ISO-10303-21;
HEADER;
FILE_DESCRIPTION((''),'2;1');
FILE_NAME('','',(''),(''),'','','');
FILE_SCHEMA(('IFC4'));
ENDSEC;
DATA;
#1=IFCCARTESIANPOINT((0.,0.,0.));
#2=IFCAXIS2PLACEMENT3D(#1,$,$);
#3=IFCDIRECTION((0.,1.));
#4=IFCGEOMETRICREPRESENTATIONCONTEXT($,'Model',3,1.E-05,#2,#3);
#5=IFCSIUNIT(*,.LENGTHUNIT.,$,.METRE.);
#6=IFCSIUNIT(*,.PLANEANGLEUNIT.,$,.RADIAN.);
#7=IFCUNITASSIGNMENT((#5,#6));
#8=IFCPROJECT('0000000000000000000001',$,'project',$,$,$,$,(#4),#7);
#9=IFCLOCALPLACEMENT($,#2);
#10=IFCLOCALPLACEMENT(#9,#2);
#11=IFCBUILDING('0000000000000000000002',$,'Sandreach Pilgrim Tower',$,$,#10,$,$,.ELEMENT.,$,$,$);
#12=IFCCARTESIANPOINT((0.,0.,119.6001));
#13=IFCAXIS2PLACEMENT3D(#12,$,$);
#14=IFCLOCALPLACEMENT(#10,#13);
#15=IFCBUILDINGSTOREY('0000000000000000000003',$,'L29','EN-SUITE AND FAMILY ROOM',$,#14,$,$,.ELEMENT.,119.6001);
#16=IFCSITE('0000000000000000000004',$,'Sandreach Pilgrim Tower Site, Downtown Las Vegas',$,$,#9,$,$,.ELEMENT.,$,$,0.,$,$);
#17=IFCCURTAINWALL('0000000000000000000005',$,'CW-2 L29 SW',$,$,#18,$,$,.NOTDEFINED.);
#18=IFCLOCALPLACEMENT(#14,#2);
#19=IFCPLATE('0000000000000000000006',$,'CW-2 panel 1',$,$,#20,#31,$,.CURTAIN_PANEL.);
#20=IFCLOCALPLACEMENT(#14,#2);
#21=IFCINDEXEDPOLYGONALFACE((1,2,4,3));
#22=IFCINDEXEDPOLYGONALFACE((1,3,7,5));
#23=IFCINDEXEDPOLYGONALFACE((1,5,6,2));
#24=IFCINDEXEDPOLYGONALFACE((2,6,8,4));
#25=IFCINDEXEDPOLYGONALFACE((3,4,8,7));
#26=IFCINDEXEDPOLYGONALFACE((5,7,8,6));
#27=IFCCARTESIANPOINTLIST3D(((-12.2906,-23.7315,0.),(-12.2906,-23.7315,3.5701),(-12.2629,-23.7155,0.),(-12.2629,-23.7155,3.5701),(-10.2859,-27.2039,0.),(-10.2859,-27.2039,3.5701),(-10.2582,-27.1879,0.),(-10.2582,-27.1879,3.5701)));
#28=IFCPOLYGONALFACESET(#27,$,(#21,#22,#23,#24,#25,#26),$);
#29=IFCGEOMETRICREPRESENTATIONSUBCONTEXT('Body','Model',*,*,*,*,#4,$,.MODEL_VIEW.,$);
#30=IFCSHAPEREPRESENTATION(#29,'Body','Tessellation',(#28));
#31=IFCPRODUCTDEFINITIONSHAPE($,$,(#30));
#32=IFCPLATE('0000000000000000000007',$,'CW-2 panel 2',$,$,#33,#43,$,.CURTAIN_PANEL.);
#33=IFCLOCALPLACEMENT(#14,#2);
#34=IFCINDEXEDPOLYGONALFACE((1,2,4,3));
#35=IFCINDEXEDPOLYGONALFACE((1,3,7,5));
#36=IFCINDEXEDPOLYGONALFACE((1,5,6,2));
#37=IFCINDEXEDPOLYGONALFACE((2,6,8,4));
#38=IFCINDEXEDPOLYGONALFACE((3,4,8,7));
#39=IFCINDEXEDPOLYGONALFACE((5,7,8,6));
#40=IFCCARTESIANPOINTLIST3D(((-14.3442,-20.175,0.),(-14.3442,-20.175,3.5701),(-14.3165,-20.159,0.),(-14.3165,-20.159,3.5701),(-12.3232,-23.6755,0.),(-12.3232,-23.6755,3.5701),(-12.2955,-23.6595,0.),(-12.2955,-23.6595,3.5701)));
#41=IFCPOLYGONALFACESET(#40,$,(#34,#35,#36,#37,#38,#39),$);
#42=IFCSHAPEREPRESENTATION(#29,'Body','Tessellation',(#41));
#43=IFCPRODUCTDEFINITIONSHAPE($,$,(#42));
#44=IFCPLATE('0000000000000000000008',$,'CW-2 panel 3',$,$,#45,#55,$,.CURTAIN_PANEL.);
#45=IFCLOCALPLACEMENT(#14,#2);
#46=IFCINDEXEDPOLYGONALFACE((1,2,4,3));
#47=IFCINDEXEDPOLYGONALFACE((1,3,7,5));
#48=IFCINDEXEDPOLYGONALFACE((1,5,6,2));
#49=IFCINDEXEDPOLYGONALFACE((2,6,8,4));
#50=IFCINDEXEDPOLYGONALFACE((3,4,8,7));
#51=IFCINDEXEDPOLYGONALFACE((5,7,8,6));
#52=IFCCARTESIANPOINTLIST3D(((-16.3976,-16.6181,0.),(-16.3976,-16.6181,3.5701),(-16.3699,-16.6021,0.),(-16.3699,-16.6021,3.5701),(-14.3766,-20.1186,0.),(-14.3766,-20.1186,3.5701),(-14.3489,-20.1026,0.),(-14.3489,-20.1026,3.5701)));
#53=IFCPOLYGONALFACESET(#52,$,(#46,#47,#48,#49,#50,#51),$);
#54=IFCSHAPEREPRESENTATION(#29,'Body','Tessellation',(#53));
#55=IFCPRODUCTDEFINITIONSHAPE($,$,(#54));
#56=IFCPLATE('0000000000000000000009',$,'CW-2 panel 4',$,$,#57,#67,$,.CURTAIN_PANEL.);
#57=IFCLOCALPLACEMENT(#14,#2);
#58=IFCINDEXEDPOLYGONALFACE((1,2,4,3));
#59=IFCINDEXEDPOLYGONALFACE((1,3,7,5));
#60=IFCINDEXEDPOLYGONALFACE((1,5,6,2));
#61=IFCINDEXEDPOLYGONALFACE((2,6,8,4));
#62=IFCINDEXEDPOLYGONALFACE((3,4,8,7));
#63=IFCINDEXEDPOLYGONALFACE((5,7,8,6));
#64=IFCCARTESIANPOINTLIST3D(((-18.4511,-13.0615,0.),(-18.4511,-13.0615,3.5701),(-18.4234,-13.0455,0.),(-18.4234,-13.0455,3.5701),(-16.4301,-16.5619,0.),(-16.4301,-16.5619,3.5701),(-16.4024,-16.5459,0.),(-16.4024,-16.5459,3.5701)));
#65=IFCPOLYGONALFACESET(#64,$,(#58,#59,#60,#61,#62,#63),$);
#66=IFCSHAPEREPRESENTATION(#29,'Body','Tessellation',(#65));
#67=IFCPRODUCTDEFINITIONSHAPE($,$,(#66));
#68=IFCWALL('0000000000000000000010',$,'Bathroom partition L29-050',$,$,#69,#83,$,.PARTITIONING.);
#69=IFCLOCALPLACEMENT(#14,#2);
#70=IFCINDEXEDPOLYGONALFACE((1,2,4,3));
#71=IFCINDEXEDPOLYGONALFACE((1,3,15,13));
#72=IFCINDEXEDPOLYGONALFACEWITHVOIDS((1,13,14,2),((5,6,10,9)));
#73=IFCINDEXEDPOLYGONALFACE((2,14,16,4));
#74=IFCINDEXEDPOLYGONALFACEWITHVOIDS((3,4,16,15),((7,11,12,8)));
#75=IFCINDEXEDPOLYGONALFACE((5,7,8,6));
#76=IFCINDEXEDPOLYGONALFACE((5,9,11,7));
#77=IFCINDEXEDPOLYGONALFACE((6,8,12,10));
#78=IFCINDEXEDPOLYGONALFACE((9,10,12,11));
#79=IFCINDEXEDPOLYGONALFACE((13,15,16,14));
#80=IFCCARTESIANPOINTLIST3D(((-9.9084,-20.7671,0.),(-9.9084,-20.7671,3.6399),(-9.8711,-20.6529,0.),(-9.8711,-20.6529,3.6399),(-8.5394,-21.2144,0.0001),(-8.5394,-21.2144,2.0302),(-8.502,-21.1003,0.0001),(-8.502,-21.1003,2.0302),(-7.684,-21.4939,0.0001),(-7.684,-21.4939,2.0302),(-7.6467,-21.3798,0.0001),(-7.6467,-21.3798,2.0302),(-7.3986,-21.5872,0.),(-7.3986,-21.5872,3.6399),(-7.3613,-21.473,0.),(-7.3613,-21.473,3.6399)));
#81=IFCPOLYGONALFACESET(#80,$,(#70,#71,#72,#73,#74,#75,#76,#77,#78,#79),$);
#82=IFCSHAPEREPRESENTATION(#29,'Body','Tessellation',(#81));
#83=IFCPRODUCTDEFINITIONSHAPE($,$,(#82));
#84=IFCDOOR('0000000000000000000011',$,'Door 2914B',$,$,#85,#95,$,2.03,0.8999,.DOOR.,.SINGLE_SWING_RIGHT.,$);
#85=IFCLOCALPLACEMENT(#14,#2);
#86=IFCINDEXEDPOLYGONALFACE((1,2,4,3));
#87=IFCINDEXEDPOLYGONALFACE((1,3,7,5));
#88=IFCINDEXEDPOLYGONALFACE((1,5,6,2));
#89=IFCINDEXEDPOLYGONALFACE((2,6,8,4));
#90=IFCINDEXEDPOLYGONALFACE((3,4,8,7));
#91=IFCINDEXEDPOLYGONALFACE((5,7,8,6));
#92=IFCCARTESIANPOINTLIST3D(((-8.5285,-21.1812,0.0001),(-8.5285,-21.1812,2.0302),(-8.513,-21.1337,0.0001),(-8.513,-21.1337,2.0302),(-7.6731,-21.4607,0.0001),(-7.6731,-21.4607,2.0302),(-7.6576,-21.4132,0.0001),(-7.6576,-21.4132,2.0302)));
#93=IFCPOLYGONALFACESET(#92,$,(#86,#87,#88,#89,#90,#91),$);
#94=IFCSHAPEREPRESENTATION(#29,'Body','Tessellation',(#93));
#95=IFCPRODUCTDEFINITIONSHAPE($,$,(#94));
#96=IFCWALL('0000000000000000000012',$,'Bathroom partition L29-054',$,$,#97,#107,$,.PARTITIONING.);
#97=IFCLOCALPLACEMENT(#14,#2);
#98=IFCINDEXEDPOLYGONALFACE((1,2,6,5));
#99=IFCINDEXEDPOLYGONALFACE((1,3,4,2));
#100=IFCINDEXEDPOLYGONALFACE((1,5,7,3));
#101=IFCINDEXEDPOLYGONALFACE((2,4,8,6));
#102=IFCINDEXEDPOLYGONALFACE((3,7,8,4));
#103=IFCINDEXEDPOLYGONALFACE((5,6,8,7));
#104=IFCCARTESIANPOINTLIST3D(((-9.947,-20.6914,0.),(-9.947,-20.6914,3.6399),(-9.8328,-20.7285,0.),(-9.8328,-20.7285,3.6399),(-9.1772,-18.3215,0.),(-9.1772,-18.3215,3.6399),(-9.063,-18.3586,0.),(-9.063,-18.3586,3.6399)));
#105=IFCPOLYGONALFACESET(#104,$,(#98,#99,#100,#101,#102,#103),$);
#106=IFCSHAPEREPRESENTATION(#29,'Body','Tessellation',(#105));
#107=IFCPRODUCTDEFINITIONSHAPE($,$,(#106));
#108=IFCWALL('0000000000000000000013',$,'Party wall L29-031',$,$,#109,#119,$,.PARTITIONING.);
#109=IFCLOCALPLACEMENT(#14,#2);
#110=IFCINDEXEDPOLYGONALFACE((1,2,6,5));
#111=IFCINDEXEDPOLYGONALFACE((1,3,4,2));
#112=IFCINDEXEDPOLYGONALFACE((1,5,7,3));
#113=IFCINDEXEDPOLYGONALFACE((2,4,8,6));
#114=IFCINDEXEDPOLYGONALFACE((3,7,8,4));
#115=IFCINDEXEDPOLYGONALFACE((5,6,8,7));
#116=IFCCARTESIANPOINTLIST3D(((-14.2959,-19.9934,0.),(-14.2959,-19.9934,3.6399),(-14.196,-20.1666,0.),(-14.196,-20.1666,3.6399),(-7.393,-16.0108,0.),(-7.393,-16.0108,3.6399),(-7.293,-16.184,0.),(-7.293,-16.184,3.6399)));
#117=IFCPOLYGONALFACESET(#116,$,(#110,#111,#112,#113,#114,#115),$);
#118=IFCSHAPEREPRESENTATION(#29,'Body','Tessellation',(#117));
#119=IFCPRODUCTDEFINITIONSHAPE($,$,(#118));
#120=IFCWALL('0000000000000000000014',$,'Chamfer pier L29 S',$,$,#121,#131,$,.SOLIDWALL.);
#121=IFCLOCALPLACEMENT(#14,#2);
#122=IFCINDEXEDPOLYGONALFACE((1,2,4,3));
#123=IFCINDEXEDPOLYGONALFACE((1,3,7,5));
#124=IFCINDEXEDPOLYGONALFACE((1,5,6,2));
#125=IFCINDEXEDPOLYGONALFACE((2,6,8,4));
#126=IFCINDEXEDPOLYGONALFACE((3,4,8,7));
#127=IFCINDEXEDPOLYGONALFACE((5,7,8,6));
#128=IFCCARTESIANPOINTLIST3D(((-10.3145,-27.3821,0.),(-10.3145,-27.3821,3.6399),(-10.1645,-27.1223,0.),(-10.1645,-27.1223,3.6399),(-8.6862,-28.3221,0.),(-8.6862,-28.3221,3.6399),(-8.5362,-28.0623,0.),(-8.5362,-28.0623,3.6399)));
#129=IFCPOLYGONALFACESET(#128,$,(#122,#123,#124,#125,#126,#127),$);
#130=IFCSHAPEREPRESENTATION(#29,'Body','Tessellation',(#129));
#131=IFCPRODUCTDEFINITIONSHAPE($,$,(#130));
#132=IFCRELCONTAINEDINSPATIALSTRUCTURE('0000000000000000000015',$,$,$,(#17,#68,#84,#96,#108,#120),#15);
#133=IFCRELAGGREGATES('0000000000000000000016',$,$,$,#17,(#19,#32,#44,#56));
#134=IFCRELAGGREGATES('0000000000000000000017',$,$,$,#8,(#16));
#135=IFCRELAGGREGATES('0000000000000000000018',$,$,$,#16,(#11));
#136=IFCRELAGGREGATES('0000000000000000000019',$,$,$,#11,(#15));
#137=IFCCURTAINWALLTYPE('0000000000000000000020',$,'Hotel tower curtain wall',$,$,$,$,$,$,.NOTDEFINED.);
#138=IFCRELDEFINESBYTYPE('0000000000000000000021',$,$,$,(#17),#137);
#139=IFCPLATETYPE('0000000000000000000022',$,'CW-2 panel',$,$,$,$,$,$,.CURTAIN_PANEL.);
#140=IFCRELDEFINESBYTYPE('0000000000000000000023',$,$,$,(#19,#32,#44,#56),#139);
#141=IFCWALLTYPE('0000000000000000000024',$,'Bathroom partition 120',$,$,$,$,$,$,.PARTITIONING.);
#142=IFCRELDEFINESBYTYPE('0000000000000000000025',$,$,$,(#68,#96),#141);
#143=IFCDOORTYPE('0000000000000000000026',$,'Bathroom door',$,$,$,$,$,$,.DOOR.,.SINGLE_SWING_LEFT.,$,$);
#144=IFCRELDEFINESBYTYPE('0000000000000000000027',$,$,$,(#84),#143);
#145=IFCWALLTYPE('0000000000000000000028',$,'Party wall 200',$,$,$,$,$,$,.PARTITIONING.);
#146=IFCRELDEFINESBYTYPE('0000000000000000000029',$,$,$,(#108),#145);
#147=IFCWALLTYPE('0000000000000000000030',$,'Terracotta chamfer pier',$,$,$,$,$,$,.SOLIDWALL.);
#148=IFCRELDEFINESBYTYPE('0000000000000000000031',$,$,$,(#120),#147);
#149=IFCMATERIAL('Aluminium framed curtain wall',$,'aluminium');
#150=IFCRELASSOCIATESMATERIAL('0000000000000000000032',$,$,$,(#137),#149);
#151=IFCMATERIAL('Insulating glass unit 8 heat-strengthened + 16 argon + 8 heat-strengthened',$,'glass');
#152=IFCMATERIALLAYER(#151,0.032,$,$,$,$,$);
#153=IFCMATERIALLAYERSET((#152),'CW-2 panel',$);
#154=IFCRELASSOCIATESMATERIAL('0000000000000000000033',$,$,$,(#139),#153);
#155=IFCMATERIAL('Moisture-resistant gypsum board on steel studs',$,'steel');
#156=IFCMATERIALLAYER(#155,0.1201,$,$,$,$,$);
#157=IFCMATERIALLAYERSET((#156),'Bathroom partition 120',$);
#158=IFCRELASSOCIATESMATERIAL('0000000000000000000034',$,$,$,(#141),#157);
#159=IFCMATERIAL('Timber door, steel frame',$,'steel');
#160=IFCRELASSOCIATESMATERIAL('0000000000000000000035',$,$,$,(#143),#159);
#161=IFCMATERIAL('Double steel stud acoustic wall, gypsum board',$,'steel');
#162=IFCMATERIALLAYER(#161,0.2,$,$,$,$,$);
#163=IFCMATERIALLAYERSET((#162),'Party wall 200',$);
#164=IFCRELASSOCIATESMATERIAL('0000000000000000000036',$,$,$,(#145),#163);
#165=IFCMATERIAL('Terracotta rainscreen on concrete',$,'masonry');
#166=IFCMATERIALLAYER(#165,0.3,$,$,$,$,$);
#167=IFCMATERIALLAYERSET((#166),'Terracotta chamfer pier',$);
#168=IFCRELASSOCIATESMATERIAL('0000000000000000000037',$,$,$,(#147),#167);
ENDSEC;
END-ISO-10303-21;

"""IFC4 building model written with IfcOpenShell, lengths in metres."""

from ifc_helpers import new_model, si_unit, direction, frame, frame_2d, origin, origin_2d, place, context, subcontext, project, spatial, rectangle, extrude, material, layer, layer_set, type_object, element, fill, aggregate, save


model = new_model("IFC4")

# Units and contexts
model_context = context("Model", 3, precision=1e-05, world=origin(), true_north=direction((0.0, 1.0)))
body_context = subcontext(model_context, "Body", "Model", "MODEL_VIEW")
ifc_project = project(units=[si_unit("LENGTHUNIT", "METRE"), si_unit("PLANEANGLEUNIT", "RADIAN")], contexts=[model_context])

# Site, building, storey
site_placement = place(None, origin())
site = spatial("IfcSite", under=ifc_project, at=site_placement, Name="Sandreach Pilgrim Tower Site, Downtown Las Vegas", CompositionType="ELEMENT", RefElevation=0.0)
building_placement = place(site_placement, origin())
building = spatial("IfcBuilding", under=site, at=building_placement, Name="Sandreach Pilgrim Tower", CompositionType="ELEMENT")
storey_placement = place(building_placement, frame((0.0, 0.0, 119.6001)))
storey = spatial("IfcBuildingStorey", under=building, at=storey_placement, Name="L29", Description="EN-SUITE AND FAMILY ROOM", CompositionType="ELEMENT", Elevation=119.6001)

# Shared definitions
ifc_material_1 = material(Name="Aluminium framed curtain wall", Category="aluminium")
curtain_wall_type = type_object("IfcCurtainWallType", Name="Hotel tower curtain wall", PredefinedType="NOTDEFINED", material=ifc_material_1)

# Curtain wall
curtain_wall_1_placement = place(storey_placement, origin())
curtain_wall_1 = element("IfcCurtainWall", 1, at=curtain_wall_1_placement, inside=storey, type_object=curtain_wall_type, Name="CW-2 L29 SW", PredefinedType="NOTDEFINED")

# Plates
ifc_material_2 = material(Name="Insulating glass unit 8 heat-strengthened + 16 argon + 8 heat-strengthened", Category="glass")
ifc_layer_1 = layer(ifc_material_2, 0.032)
ifc_layer_set_1 = layer_set([ifc_layer_1], Name="CW-2 panel")
plate_type = type_object("IfcPlateType", Name="CW-2 panel", PredefinedType="CURTAIN_PANEL", material=ifc_layer_set_1)
plate_1_placement = place(storey_placement, frame((-11.2744, -25.4597, 0.0), z_axis=(0.0, 0.0, 1.0), x_axis=(-0.5, 0.866025, 0.0)))
plate_1 = element("IfcPlate", 2, at=plate_1_placement, type_object=plate_type, Name="CW-2 panel 1", PredefinedType="CURTAIN_PANEL", context=body_context, shape_type="SweptSolid", body=[
    extrude(rectangle(XDim=4.0095, YDim=0.032, at=origin_2d()), origin(), (0.0, 0.0, 1.0), 3.5701),
])
plate_2_placement = place(storey_placement, frame((-13.3198, -21.9172, 0.0), z_axis=(0.0, 0.0, 1.0), x_axis=(-0.5, 0.866025, 0.0)))
plate_2 = element("IfcPlate", 3, at=plate_2_placement, type_object=plate_type, Name="CW-2 panel 2", PredefinedType="CURTAIN_PANEL", context=body_context, shape_type="SweptSolid", body=[
    extrude(rectangle(XDim=4.042, YDim=0.032, at=origin_2d()), origin(), (0.0, 0.0, 1.0), 3.5701),
])
plate_3_placement = place(storey_placement, frame((-15.3733, -18.3604, 0.0), z_axis=(0.0, 0.0, 1.0), x_axis=(-0.5, 0.866025, 0.0)))
plate_3 = element("IfcPlate", 4, at=plate_3_placement, type_object=plate_type, Name="CW-2 panel 3", PredefinedType="CURTAIN_PANEL", context=body_context, shape_type="SweptSolid", body=[
    extrude(rectangle(XDim=4.042, YDim=0.032, at=origin_2d()), origin(), (0.0, 0.0, 1.0), 3.5701),
])
plate_4_placement = place(storey_placement, frame((-17.4268, -14.8037, 0.0), z_axis=(0.0, 0.0, 1.0), x_axis=(-0.5, 0.866025, 0.0)))
plate_4 = element("IfcPlate", 5, at=plate_4_placement, type_object=plate_type, Name="CW-2 panel 4", PredefinedType="CURTAIN_PANEL", context=body_context, shape_type="SweptSolid", body=[
    extrude(rectangle(XDim=4.042, YDim=0.032, at=origin_2d()), origin(), (0.0, 0.0, 1.0), 3.5701),
])
aggregate(curtain_wall_1, [plate_1, plate_2, plate_3, plate_4])

# Wall, opening, door
ifc_material_3 = material(Name="Moisture-resistant gypsum board on steel studs", Category="steel")
ifc_layer_2 = layer(ifc_material_3, 0.1201)
ifc_layer_set_2 = layer_set([ifc_layer_2], Name="Bathroom partition 120")
wall_type_1 = type_object("IfcWallType", Name="Bathroom partition 120", PredefinedType="PARTITIONING", material=ifc_layer_set_2)
wall_1_placement = place(storey_placement, frame((-9.8899, -20.71, 0.0), z_axis=(0.0, 0.0, 1.0), x_axis=(0.950544, -0.310591, 0.0)))
wall_1 = element("IfcWall", 6, at=wall_1_placement, inside=storey, type_object=wall_type_1, Name="Bathroom partition L29-050", PredefinedType="PARTITIONING", context=body_context, shape_type="SweptSolid", body=[
    extrude(rectangle(XDim=2.6404, YDim=0.1201, at=frame_2d((1.3203, 0.0))), origin(), (0.0, 0.0, 1.0), 3.6399),
])
opening_1_placement = place(wall_1_placement, frame((1.4404, 0.0, 0.0)))
opening_1 = element("IfcOpeningElement", 7, at=opening_1_placement, cuts=wall_1, PredefinedType="OPENING", context=body_context, shape_type="SweptSolid", body=[
    extrude(rectangle(XDim=0.8999, YDim=2.03, at=frame_2d((0.45, 1.0151))), frame((0.0, 0.0601, 0.0), z_axis=(0.0, -1.0, 0.0), x_axis=(1.0, 0.0, 0.0)), (0.0, 0.0, 1.0), 0.1201),
])
ifc_material_4 = material(Name="Timber door, steel frame", Category="steel")
door_type_1 = type_object("IfcDoorType", Name="Bathroom door", OperationType="SINGLE_SWING_LEFT", PredefinedType="DOOR", material=ifc_material_4)
door_1_placement = place(opening_1_placement, origin())
door_1 = element("IfcDoor", 8, at=door_1_placement, inside=storey, type_object=door_type_1, Name="Door 2914B", OperationType="SINGLE_SWING_RIGHT", OverallHeight=2.03, OverallWidth=0.8999, PredefinedType="DOOR", context=body_context, shape_type="SweptSolid", body=[
    extrude(rectangle(XDim=0.8999, YDim=2.03, at=frame_2d((0.45, 1.0151))), frame((0.0, 0.0249, 0.0), z_axis=(0.0, -1.0, 0.0), x_axis=(1.0, 0.0, 0.0)), (0.0, 0.0, 1.0), 0.05),
])
fill(opening_1, door_1)

# Wall
wall_2_placement = place(storey_placement, frame((-9.1201, -18.3401, 0.0), z_axis=(0.0, 0.0, 1.0), x_axis=(-0.308929, -0.951085, 0.0)))
element("IfcWall", 9, at=wall_2_placement, inside=storey, type_object=wall_type_1, Name="Bathroom partition L29-054", PredefinedType="PARTITIONING", context=body_context, shape_type="SweptSolid", body=[
    extrude(rectangle(XDim=2.4917, YDim=0.1201, at=frame_2d((1.2458, 0.0))), origin(), (0.0, 0.0, 1.0), 3.6399),
])

# Walls
ifc_material_5 = material(Name="Double steel stud acoustic wall, gypsum board", Category="steel")
ifc_layer_3 = layer(ifc_material_5, 0.2)
ifc_layer_set_3 = layer_set([ifc_layer_3], Name="Party wall 200")
wall_type_2 = type_object("IfcWallType", Name="Party wall 200", PredefinedType="PARTITIONING", material=ifc_layer_set_3)
wall_3_placement = place(storey_placement, frame((-14.2461, -20.0801, 0.0), z_axis=(0.0, 0.0, 1.0), x_axis=(0.866179, 0.499734, 0.0)))
element("IfcWall", 10, at=wall_3_placement, inside=storey, type_object=wall_type_2, Name="Party wall L29-031", PredefinedType="PARTITIONING", context=body_context, shape_type="SweptSolid", body=[
    extrude(rectangle(XDim=7.9695, YDim=0.2, at=frame_2d((3.9849, 0.0))), origin(), (0.0, 0.0, 1.0), 3.6399),
])
ifc_material_6 = material(Name="Terracotta rainscreen on concrete", Category="masonry")
ifc_layer_4 = layer(ifc_material_6, 0.3)
ifc_layer_set_4 = layer_set([ifc_layer_4], Name="Terracotta chamfer pier")
wall_type_3 = type_object("IfcWallType", Name="Terracotta chamfer pier", PredefinedType="SOLIDWALL", material=ifc_layer_set_4)
wall_4_placement = place(storey_placement, frame((-8.6113, -28.1921, 0.0), z_axis=(0.0, 0.0, 1.0), x_axis=(-0.866045, 0.499966, 0.0)))
element("IfcWall", 11, at=wall_4_placement, inside=storey, type_object=wall_type_3, Name="Chamfer pier L29 S", PredefinedType="SOLIDWALL", context=body_context, shape_type="SweptSolid", body=[
    extrude(rectangle(XDim=1.8801, YDim=0.3, at=frame_2d((0.9399, 0.0))), origin(), (0.0, 0.0, 1.0), 3.6399),
])

save(model, "model.ifc")
